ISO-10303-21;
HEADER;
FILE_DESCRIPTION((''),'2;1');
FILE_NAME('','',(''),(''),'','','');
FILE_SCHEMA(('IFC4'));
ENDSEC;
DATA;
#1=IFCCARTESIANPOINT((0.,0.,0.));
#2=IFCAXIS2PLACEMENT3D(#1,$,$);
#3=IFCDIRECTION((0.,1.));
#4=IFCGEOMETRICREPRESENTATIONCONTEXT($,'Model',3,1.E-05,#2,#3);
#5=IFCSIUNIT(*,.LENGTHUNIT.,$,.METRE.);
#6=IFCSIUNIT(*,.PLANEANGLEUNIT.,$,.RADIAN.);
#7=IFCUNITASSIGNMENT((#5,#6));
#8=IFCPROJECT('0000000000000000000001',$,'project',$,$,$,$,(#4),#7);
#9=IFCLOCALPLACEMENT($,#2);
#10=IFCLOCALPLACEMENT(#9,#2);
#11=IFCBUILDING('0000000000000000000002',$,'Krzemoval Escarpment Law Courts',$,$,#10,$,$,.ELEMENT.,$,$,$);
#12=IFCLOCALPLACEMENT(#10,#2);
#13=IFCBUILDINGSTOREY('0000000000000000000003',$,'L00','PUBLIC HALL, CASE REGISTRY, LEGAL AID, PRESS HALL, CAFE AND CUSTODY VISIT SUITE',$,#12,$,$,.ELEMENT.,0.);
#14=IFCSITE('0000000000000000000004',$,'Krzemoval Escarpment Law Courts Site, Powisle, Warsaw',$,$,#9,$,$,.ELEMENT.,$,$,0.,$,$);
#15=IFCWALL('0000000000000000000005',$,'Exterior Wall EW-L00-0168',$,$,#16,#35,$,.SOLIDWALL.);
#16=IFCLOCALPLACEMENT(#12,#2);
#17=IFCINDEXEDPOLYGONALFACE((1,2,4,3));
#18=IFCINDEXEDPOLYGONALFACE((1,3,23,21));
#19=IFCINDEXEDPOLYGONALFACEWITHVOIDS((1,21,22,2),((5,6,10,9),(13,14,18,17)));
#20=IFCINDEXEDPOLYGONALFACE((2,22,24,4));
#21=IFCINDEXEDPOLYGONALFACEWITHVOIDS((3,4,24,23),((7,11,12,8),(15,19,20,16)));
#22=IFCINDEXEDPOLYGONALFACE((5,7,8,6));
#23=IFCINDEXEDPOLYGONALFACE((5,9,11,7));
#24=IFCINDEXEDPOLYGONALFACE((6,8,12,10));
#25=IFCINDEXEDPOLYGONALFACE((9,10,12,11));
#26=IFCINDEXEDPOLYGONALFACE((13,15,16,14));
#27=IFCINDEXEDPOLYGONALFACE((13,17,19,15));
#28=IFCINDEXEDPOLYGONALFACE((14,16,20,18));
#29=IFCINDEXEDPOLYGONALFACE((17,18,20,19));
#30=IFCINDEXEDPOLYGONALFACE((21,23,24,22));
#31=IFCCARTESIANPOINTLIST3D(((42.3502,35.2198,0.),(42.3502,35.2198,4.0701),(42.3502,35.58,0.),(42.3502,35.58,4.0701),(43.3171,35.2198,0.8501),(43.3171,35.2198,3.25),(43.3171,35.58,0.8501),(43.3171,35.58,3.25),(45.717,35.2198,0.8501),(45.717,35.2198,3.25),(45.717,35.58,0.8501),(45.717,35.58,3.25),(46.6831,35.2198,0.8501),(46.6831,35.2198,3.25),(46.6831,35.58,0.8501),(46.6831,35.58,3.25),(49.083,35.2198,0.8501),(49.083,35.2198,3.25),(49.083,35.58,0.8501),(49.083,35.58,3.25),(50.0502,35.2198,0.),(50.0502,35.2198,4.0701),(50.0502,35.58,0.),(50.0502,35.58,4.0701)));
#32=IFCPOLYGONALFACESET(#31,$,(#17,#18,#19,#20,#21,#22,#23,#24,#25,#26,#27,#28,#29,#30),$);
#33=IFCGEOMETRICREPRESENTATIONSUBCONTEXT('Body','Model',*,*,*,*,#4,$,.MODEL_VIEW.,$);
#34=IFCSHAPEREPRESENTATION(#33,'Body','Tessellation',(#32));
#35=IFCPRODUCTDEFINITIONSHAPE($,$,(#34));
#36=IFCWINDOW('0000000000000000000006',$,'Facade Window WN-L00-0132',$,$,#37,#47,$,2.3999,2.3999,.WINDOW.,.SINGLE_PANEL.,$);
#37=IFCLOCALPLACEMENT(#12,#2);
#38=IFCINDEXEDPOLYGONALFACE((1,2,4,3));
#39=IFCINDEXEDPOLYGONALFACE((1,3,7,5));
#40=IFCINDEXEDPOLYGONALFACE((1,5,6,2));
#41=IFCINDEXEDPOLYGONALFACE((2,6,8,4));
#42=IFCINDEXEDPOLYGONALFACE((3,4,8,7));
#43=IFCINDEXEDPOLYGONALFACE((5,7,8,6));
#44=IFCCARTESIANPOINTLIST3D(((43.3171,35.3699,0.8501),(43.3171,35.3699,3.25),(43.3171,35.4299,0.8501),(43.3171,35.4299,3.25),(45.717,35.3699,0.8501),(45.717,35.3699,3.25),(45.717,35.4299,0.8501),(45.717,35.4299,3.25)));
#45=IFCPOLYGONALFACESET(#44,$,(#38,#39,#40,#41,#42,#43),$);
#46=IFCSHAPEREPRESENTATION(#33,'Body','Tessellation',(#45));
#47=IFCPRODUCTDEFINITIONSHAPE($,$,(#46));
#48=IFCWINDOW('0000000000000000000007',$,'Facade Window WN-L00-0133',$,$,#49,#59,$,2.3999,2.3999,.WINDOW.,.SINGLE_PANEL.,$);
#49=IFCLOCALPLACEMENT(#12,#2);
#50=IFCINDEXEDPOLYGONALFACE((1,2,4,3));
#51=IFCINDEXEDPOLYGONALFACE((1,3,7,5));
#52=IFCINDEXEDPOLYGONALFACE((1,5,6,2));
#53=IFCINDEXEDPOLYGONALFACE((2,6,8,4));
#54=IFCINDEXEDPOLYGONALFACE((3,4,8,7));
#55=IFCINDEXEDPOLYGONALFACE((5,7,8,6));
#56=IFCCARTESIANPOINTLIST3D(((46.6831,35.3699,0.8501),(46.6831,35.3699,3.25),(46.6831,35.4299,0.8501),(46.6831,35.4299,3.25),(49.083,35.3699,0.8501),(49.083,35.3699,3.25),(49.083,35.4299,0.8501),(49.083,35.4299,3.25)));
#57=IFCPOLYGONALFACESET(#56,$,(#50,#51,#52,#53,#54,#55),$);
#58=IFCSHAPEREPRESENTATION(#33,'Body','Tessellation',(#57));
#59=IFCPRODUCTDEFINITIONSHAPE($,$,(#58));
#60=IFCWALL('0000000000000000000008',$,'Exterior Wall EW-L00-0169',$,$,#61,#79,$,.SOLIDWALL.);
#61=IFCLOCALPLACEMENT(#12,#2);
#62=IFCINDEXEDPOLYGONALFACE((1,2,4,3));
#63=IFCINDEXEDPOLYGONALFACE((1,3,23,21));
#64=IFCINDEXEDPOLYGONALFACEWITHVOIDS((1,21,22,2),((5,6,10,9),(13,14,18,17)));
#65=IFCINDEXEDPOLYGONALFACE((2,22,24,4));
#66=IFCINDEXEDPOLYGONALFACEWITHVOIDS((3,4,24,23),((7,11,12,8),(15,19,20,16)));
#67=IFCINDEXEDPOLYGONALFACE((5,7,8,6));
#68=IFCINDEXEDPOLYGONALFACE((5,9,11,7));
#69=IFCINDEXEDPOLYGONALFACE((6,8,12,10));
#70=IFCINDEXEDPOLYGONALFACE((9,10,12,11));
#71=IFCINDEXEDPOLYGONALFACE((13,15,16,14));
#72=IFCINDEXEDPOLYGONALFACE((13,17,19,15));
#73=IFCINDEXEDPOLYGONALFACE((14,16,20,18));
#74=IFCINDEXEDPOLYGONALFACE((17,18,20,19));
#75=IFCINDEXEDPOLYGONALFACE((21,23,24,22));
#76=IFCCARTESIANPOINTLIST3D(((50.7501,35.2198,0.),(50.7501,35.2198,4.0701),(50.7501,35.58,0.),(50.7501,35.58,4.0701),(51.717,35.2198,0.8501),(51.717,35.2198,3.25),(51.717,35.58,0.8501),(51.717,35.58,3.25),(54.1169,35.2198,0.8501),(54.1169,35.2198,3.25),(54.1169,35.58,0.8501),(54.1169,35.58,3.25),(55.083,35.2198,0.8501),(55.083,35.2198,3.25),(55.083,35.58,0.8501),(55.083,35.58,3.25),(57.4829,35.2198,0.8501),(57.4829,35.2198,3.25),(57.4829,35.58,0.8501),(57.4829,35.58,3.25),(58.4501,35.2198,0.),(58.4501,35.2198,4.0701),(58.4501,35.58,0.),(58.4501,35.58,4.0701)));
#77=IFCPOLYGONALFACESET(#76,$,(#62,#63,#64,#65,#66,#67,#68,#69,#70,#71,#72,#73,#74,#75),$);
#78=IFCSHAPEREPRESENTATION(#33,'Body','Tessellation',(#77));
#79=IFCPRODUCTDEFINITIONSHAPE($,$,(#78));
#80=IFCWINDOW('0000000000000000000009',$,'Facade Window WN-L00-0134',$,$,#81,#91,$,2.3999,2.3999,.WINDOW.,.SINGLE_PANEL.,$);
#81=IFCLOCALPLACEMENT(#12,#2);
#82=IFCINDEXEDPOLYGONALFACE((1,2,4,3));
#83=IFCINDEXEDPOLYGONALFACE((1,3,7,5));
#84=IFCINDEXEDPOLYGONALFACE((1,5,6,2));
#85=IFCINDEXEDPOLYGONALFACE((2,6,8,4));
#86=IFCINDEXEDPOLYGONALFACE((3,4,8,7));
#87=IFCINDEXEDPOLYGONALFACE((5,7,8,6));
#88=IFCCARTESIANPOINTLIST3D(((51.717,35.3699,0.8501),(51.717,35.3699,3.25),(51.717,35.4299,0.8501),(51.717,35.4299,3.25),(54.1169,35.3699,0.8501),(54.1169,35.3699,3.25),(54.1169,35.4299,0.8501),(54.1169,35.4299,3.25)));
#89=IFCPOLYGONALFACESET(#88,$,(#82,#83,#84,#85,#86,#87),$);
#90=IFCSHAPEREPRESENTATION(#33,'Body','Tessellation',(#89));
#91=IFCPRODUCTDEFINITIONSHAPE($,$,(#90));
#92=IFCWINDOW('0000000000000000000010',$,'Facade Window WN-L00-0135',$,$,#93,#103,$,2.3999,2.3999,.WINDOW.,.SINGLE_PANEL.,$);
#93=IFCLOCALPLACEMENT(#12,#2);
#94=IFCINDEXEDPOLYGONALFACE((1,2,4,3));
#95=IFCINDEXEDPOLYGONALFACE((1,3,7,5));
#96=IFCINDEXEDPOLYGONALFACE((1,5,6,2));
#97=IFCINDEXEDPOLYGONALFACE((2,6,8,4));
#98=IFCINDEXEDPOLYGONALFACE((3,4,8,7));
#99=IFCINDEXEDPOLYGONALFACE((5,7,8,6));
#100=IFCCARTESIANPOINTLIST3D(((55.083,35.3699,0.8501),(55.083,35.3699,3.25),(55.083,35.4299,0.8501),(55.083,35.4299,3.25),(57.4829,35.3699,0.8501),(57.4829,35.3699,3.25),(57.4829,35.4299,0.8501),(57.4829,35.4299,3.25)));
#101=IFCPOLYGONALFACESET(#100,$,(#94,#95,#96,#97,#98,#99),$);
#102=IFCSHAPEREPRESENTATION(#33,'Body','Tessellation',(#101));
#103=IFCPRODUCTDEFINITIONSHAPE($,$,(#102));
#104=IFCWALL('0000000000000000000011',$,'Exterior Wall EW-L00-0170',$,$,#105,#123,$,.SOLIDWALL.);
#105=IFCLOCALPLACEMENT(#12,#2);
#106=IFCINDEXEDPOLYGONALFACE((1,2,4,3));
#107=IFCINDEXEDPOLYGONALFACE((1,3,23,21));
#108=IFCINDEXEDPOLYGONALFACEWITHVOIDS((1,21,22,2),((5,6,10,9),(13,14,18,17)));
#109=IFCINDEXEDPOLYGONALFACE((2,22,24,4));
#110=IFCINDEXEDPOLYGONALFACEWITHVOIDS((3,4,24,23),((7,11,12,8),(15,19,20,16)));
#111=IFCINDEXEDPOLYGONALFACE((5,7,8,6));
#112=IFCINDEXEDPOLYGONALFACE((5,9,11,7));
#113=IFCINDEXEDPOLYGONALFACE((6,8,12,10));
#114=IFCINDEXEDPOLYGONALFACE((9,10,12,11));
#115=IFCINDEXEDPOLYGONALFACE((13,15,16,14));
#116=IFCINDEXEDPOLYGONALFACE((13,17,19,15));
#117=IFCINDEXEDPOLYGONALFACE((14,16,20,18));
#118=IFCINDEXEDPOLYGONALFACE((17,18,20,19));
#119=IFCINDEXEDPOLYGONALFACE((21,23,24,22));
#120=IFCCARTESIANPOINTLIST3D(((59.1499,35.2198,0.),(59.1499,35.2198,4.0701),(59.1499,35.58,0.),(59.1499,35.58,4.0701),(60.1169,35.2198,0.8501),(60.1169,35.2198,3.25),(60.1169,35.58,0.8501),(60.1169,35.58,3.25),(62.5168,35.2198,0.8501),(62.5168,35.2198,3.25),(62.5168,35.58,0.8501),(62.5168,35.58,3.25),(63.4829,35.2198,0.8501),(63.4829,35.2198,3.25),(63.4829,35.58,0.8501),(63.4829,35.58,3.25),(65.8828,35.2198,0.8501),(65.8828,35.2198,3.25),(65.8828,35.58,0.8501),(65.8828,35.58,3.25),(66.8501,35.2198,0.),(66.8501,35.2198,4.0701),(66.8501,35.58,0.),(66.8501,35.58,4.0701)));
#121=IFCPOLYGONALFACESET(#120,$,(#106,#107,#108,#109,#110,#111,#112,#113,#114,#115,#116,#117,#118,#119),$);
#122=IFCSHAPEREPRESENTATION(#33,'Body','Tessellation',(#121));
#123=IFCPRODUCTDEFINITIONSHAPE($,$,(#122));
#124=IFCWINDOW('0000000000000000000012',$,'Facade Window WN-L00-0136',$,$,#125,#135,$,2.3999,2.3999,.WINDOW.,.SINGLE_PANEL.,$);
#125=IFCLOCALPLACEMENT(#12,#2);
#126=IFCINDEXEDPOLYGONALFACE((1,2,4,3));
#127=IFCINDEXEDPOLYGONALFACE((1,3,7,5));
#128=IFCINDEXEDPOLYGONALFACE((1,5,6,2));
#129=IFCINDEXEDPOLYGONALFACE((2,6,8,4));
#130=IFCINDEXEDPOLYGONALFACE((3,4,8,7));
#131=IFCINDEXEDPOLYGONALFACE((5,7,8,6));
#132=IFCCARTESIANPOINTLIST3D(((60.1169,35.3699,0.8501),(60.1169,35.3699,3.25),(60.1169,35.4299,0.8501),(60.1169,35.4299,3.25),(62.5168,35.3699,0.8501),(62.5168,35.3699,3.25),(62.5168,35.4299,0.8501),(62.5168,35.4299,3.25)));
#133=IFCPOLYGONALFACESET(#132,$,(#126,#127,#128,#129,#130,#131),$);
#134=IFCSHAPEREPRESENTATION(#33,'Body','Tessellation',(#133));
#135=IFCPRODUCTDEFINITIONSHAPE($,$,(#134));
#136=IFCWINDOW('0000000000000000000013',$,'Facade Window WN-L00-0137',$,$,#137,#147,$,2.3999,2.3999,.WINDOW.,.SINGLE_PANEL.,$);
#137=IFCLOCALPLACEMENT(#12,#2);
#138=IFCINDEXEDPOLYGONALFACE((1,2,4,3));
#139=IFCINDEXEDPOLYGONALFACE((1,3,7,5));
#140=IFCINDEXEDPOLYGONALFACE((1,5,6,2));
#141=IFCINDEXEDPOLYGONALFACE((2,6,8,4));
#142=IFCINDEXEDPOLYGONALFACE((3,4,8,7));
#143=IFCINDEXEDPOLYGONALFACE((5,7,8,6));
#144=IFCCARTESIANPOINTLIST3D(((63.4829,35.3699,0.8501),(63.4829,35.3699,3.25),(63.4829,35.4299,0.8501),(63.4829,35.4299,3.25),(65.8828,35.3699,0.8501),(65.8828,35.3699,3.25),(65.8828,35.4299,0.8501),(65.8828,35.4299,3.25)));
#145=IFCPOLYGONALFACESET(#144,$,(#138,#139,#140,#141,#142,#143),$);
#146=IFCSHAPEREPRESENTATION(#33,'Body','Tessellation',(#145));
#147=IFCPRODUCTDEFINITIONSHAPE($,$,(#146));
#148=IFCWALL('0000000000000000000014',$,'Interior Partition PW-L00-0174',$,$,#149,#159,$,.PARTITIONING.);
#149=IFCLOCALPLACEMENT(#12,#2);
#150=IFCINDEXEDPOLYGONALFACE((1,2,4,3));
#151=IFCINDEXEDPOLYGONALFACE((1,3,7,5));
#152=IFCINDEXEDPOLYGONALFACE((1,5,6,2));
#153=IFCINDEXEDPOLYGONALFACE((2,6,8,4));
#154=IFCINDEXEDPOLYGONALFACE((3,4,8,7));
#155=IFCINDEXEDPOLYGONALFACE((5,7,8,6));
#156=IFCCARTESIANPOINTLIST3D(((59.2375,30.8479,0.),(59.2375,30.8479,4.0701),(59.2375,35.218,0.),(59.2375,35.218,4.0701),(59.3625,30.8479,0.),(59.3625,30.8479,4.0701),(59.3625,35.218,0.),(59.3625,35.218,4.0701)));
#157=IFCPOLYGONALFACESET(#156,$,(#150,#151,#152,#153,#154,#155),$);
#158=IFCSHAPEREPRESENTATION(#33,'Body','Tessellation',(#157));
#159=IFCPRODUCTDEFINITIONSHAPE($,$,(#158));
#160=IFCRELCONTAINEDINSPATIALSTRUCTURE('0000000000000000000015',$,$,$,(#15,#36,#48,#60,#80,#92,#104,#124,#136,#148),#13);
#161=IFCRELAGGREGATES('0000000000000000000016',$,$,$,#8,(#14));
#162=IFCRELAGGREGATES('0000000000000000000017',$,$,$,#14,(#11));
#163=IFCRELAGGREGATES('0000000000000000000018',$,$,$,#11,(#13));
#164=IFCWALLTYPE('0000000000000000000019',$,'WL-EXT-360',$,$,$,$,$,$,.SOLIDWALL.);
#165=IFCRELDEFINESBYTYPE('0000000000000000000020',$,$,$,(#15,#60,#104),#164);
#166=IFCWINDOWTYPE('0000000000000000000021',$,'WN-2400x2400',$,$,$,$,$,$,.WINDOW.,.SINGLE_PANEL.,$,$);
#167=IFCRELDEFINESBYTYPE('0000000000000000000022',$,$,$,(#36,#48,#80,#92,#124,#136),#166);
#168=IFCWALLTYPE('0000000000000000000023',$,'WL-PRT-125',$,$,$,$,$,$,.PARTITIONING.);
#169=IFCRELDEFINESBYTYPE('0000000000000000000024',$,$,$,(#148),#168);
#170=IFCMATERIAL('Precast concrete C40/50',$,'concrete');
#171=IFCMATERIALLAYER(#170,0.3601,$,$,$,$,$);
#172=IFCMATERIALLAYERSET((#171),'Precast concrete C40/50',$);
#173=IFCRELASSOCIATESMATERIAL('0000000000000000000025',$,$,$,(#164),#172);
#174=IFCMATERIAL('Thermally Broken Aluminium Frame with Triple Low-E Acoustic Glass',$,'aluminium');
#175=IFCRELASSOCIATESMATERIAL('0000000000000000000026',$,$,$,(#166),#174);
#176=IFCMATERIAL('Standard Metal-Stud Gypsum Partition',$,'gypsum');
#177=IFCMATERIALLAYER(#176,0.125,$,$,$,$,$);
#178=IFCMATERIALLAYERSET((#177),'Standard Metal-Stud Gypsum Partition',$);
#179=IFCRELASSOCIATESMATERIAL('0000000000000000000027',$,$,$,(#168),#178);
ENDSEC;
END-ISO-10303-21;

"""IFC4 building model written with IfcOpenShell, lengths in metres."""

from ifc_helpers import new_model, si_unit, direction, frame, frame_2d, origin, place, context, subcontext, project, spatial, rectangle, extrude, material, layer, layer_set, type_object, element, fill, save


model = new_model("IFC4")

# Units and contexts
model_context = context("Model", 3, precision=1e-05, world=origin(), true_north=direction((0.0, 1.0)))
body_context = subcontext(model_context, "Body", "Model", "MODEL_VIEW")
ifc_project = project(units=[si_unit("LENGTHUNIT", "METRE"), si_unit("PLANEANGLEUNIT", "RADIAN")], contexts=[model_context])

# Site, building, storey
site_placement = place(None, origin())
site = spatial("IfcSite", under=ifc_project, at=site_placement, Name="Krzemoval Escarpment Law Courts Site, Powisle, Warsaw", CompositionType="ELEMENT", RefElevation=0.0)
building_placement = place(site_placement, origin())
building = spatial("IfcBuilding", under=site, at=building_placement, Name="Krzemoval Escarpment Law Courts", CompositionType="ELEMENT")
storey_placement = place(building_placement, origin())
storey = spatial("IfcBuildingStorey", under=building, at=storey_placement, Name="L00", Description="PUBLIC HALL, CASE REGISTRY, LEGAL AID, PRESS HALL, CAFE AND CUSTODY VISIT SUITE", CompositionType="ELEMENT", Elevation=0.0)

# Walls, openings, windows
ifc_material_1 = material(Name="Precast concrete C40/50", Category="concrete")
ifc_layer_1 = layer(ifc_material_1, 0.3601)
ifc_layer_set_1 = layer_set([ifc_layer_1], Name="Precast concrete C40/50")
wall_type_1 = type_object("IfcWallType", Name="WL-EXT-360", PredefinedType="SOLIDWALL", material=ifc_layer_set_1)
wall_1_placement = place(storey_placement, frame((42.3501, 35.3999, 0.0), z_axis=(0.0, 0.0, 1.0), x_axis=(1.0, 0.0, 0.0)))
wall_1 = element("IfcWall", 1, at=wall_1_placement, inside=storey, type_object=wall_type_1, Name="Exterior Wall EW-L00-0168", PredefinedType="SOLIDWALL", context=body_context, shape_type="SweptSolid", body=[
    extrude(rectangle(XDim=7.7, YDim=0.3601, at=frame_2d((3.8501, 0.0))), origin(), (0.0, 0.0, 1.0), 4.0701),
])
opening_1_placement = place(wall_1_placement, frame((0.967, 0.0, 0.8501)))
opening_1 = element("IfcOpeningElement", 2, at=opening_1_placement, cuts=wall_1, PredefinedType="OPENING", context=body_context, shape_type="SweptSolid", body=[
    extrude(rectangle(XDim=2.3999, YDim=2.3999, at=frame_2d((1.2, 1.2))), frame((0.0, 0.1951, 0.0), z_axis=(0.0, -1.0, 0.0), x_axis=(1.0, 0.0, 0.0)), (0.0, 0.0, 1.0), 0.3901),
])
opening_2_placement = place(wall_1_placement, frame((4.333, 0.0, 0.8501)))
opening_2 = element("IfcOpeningElement", 3, at=opening_2_placement, cuts=wall_1, PredefinedType="OPENING", context=body_context, shape_type="SweptSolid", body=[
    extrude(rectangle(XDim=2.3999, YDim=2.3999, at=frame_2d((1.2, 1.2))), frame((0.0, 0.1951, 0.0), z_axis=(0.0, -1.0, 0.0), x_axis=(1.0, 0.0, 0.0)), (0.0, 0.0, 1.0), 0.3901),
])
ifc_material_2 = material(Name="Thermally Broken Aluminium Frame with Triple Low-E Acoustic Glass", Category="aluminium")
window_type = type_object("IfcWindowType", Name="WN-2400x2400", PartitioningType="SINGLE_PANEL", PredefinedType="WINDOW", material=ifc_material_2)
window_1_placement = place(opening_1_placement, origin())
window_1 = element("IfcWindow", 4, at=window_1_placement, inside=storey, type_object=window_type, Name="Facade Window WN-L00-0132", OverallHeight=2.3999, OverallWidth=2.3999, PartitioningType="SINGLE_PANEL", PredefinedType="WINDOW", context=body_context, shape_type="SweptSolid", body=[
    extrude(rectangle(XDim=2.3999, YDim=2.3999, at=frame_2d((1.2, 1.2))), frame((0.0, 0.03, 0.0), z_axis=(0.0, -1.0, 0.0), x_axis=(1.0, 0.0, 0.0)), (0.0, 0.0, 1.0), 0.0601),
])
fill(opening_1, window_1)
window_2_placement = place(opening_2_placement, origin())
window_2 = element("IfcWindow", 5, at=window_2_placement, inside=storey, type_object=window_type, Name="Facade Window WN-L00-0133", OverallHeight=2.3999, OverallWidth=2.3999, PartitioningType="SINGLE_PANEL", PredefinedType="WINDOW", context=body_context, shape_type="SweptSolid", body=[
    extrude(rectangle(XDim=2.3999, YDim=2.3999, at=frame_2d((1.2, 1.2))), frame((0.0, 0.03, 0.0), z_axis=(0.0, -1.0, 0.0), x_axis=(1.0, 0.0, 0.0)), (0.0, 0.0, 1.0), 0.0601),
])
fill(opening_2, window_2)
wall_2_placement = place(storey_placement, frame((50.75, 35.3999, 0.0), z_axis=(0.0, 0.0, 1.0), x_axis=(1.0, 0.0, 0.0)))
wall_2 = element("IfcWall", 6, at=wall_2_placement, inside=storey, type_object=wall_type_1, Name="Exterior Wall EW-L00-0169", PredefinedType="SOLIDWALL", context=body_context, shape_type="SweptSolid", body=[
    extrude(rectangle(XDim=7.7, YDim=0.3601, at=frame_2d((3.8501, 0.0))), origin(), (0.0, 0.0, 1.0), 4.0701),
])
opening_3_placement = place(wall_2_placement, frame((0.967, 0.0, 0.8501)))
opening_3 = element("IfcOpeningElement", 7, at=opening_3_placement, cuts=wall_2, PredefinedType="OPENING", context=body_context, shape_type="SweptSolid", body=[
    extrude(rectangle(XDim=2.3999, YDim=2.3999, at=frame_2d((1.2, 1.2))), frame((0.0, 0.1951, 0.0), z_axis=(0.0, -1.0, 0.0), x_axis=(1.0, 0.0, 0.0)), (0.0, 0.0, 1.0), 0.3901),
])
opening_4_placement = place(wall_2_placement, frame((4.333, 0.0, 0.8501)))
opening_4 = element("IfcOpeningElement", 8, at=opening_4_placement, cuts=wall_2, PredefinedType="OPENING", context=body_context, shape_type="SweptSolid", body=[
    extrude(rectangle(XDim=2.3999, YDim=2.3999, at=frame_2d((1.2, 1.2))), frame((0.0, 0.1951, 0.0), z_axis=(0.0, -1.0, 0.0), x_axis=(1.0, 0.0, 0.0)), (0.0, 0.0, 1.0), 0.3901),
])
window_3_placement = place(opening_3_placement, origin())
window_3 = element("IfcWindow", 9, at=window_3_placement, inside=storey, type_object=window_type, Name="Facade Window WN-L00-0134", OverallHeight=2.3999, OverallWidth=2.3999, PartitioningType="SINGLE_PANEL", PredefinedType="WINDOW", context=body_context, shape_type="SweptSolid", body=[
    extrude(rectangle(XDim=2.3999, YDim=2.3999, at=frame_2d((1.2, 1.2))), frame((0.0, 0.03, 0.0), z_axis=(0.0, -1.0, 0.0), x_axis=(1.0, 0.0, 0.0)), (0.0, 0.0, 1.0), 0.0601),
])
fill(opening_3, window_3)
window_4_placement = place(opening_4_placement, origin())
window_4 = element("IfcWindow", 10, at=window_4_placement, inside=storey, type_object=window_type, Name="Facade Window WN-L00-0135", OverallHeight=2.3999, OverallWidth=2.3999, PartitioningType="SINGLE_PANEL", PredefinedType="WINDOW", context=body_context, shape_type="SweptSolid", body=[
    extrude(rectangle(XDim=2.3999, YDim=2.3999, at=frame_2d((1.2, 1.2))), frame((0.0, 0.03, 0.0), z_axis=(0.0, -1.0, 0.0), x_axis=(1.0, 0.0, 0.0)), (0.0, 0.0, 1.0), 0.0601),
])
fill(opening_4, window_4)
wall_3_placement = place(storey_placement, frame((59.1499, 35.3999, 0.0), z_axis=(0.0, 0.0, 1.0), x_axis=(1.0, 0.0, 0.0)))
wall_3 = element("IfcWall", 11, at=wall_3_placement, inside=storey, type_object=wall_type_1, Name="Exterior Wall EW-L00-0170", PredefinedType="SOLIDWALL", context=body_context, shape_type="SweptSolid", body=[
    extrude(rectangle(XDim=7.7002, YDim=0.3601, at=frame_2d((3.8501, 0.0))), origin(), (0.0, 0.0, 1.0), 4.0701),
])
opening_5_placement = place(wall_3_placement, frame((0.967, 0.0, 0.8501)))
opening_5 = element("IfcOpeningElement", 12, at=opening_5_placement, cuts=wall_3, PredefinedType="OPENING", context=body_context, shape_type="SweptSolid", body=[
    extrude(rectangle(XDim=2.3999, YDim=2.3999, at=frame_2d((1.2, 1.2))), frame((0.0, 0.1951, 0.0), z_axis=(0.0, -1.0, 0.0), x_axis=(1.0, 0.0, 0.0)), (0.0, 0.0, 1.0), 0.3901),
])
opening_6_placement = place(wall_3_placement, frame((4.333, 0.0, 0.8501)))
opening_6 = element("IfcOpeningElement", 13, at=opening_6_placement, cuts=wall_3, PredefinedType="OPENING", context=body_context, shape_type="SweptSolid", body=[
    extrude(rectangle(XDim=2.3999, YDim=2.3999, at=frame_2d((1.2, 1.2))), frame((0.0, 0.1951, 0.0), z_axis=(0.0, -1.0, 0.0), x_axis=(1.0, 0.0, 0.0)), (0.0, 0.0, 1.0), 0.3901),
])
window_5_placement = place(opening_5_placement, origin())
window_5 = element("IfcWindow", 14, at=window_5_placement, inside=storey, type_object=window_type, Name="Facade Window WN-L00-0136", OverallHeight=2.3999, OverallWidth=2.3999, PartitioningType="SINGLE_PANEL", PredefinedType="WINDOW", context=body_context, shape_type="SweptSolid", body=[
    extrude(rectangle(XDim=2.3999, YDim=2.3999, at=frame_2d((1.2, 1.2))), frame((0.0, 0.03, 0.0), z_axis=(0.0, -1.0, 0.0), x_axis=(1.0, 0.0, 0.0)), (0.0, 0.0, 1.0), 0.0601),
])
fill(opening_5, window_5)
window_6_placement = place(opening_6_placement, origin())
window_6 = element("IfcWindow", 15, at=window_6_placement, inside=storey, type_object=window_type, Name="Facade Window WN-L00-0137", OverallHeight=2.3999, OverallWidth=2.3999, PartitioningType="SINGLE_PANEL", PredefinedType="WINDOW", context=body_context, shape_type="SweptSolid", body=[
    extrude(rectangle(XDim=2.3999, YDim=2.3999, at=frame_2d((1.2, 1.2))), frame((0.0, 0.03, 0.0), z_axis=(0.0, -1.0, 0.0), x_axis=(1.0, 0.0, 0.0)), (0.0, 0.0, 1.0), 0.0601),
])
fill(opening_6, window_6)

# Wall
ifc_material_3 = material(Name="Standard Metal-Stud Gypsum Partition", Category="gypsum")
ifc_layer_2 = layer(ifc_material_3, 0.125)
ifc_layer_set_2 = layer_set([ifc_layer_2], Name="Standard Metal-Stud Gypsum Partition")
wall_type_2 = type_object("IfcWallType", Name="WL-PRT-125", PredefinedType="PARTITIONING", material=ifc_layer_set_2)
wall_4_placement = place(storey_placement, frame((59.3, 30.8479, 0.0), z_axis=(0.0, 0.0, 1.0), x_axis=(0.0, 1.0, 0.0)))
element("IfcWall", 16, at=wall_4_placement, inside=storey, type_object=wall_type_2, Name="Interior Partition PW-L00-0174", PredefinedType="PARTITIONING", context=body_context, shape_type="SweptSolid", body=[
    extrude(rectangle(XDim=4.3701, YDim=0.125, at=frame_2d((2.1851, 0.0))), origin(), (0.0, 0.0, 1.0), 4.0701),
])

save(model, "model.ifc")
